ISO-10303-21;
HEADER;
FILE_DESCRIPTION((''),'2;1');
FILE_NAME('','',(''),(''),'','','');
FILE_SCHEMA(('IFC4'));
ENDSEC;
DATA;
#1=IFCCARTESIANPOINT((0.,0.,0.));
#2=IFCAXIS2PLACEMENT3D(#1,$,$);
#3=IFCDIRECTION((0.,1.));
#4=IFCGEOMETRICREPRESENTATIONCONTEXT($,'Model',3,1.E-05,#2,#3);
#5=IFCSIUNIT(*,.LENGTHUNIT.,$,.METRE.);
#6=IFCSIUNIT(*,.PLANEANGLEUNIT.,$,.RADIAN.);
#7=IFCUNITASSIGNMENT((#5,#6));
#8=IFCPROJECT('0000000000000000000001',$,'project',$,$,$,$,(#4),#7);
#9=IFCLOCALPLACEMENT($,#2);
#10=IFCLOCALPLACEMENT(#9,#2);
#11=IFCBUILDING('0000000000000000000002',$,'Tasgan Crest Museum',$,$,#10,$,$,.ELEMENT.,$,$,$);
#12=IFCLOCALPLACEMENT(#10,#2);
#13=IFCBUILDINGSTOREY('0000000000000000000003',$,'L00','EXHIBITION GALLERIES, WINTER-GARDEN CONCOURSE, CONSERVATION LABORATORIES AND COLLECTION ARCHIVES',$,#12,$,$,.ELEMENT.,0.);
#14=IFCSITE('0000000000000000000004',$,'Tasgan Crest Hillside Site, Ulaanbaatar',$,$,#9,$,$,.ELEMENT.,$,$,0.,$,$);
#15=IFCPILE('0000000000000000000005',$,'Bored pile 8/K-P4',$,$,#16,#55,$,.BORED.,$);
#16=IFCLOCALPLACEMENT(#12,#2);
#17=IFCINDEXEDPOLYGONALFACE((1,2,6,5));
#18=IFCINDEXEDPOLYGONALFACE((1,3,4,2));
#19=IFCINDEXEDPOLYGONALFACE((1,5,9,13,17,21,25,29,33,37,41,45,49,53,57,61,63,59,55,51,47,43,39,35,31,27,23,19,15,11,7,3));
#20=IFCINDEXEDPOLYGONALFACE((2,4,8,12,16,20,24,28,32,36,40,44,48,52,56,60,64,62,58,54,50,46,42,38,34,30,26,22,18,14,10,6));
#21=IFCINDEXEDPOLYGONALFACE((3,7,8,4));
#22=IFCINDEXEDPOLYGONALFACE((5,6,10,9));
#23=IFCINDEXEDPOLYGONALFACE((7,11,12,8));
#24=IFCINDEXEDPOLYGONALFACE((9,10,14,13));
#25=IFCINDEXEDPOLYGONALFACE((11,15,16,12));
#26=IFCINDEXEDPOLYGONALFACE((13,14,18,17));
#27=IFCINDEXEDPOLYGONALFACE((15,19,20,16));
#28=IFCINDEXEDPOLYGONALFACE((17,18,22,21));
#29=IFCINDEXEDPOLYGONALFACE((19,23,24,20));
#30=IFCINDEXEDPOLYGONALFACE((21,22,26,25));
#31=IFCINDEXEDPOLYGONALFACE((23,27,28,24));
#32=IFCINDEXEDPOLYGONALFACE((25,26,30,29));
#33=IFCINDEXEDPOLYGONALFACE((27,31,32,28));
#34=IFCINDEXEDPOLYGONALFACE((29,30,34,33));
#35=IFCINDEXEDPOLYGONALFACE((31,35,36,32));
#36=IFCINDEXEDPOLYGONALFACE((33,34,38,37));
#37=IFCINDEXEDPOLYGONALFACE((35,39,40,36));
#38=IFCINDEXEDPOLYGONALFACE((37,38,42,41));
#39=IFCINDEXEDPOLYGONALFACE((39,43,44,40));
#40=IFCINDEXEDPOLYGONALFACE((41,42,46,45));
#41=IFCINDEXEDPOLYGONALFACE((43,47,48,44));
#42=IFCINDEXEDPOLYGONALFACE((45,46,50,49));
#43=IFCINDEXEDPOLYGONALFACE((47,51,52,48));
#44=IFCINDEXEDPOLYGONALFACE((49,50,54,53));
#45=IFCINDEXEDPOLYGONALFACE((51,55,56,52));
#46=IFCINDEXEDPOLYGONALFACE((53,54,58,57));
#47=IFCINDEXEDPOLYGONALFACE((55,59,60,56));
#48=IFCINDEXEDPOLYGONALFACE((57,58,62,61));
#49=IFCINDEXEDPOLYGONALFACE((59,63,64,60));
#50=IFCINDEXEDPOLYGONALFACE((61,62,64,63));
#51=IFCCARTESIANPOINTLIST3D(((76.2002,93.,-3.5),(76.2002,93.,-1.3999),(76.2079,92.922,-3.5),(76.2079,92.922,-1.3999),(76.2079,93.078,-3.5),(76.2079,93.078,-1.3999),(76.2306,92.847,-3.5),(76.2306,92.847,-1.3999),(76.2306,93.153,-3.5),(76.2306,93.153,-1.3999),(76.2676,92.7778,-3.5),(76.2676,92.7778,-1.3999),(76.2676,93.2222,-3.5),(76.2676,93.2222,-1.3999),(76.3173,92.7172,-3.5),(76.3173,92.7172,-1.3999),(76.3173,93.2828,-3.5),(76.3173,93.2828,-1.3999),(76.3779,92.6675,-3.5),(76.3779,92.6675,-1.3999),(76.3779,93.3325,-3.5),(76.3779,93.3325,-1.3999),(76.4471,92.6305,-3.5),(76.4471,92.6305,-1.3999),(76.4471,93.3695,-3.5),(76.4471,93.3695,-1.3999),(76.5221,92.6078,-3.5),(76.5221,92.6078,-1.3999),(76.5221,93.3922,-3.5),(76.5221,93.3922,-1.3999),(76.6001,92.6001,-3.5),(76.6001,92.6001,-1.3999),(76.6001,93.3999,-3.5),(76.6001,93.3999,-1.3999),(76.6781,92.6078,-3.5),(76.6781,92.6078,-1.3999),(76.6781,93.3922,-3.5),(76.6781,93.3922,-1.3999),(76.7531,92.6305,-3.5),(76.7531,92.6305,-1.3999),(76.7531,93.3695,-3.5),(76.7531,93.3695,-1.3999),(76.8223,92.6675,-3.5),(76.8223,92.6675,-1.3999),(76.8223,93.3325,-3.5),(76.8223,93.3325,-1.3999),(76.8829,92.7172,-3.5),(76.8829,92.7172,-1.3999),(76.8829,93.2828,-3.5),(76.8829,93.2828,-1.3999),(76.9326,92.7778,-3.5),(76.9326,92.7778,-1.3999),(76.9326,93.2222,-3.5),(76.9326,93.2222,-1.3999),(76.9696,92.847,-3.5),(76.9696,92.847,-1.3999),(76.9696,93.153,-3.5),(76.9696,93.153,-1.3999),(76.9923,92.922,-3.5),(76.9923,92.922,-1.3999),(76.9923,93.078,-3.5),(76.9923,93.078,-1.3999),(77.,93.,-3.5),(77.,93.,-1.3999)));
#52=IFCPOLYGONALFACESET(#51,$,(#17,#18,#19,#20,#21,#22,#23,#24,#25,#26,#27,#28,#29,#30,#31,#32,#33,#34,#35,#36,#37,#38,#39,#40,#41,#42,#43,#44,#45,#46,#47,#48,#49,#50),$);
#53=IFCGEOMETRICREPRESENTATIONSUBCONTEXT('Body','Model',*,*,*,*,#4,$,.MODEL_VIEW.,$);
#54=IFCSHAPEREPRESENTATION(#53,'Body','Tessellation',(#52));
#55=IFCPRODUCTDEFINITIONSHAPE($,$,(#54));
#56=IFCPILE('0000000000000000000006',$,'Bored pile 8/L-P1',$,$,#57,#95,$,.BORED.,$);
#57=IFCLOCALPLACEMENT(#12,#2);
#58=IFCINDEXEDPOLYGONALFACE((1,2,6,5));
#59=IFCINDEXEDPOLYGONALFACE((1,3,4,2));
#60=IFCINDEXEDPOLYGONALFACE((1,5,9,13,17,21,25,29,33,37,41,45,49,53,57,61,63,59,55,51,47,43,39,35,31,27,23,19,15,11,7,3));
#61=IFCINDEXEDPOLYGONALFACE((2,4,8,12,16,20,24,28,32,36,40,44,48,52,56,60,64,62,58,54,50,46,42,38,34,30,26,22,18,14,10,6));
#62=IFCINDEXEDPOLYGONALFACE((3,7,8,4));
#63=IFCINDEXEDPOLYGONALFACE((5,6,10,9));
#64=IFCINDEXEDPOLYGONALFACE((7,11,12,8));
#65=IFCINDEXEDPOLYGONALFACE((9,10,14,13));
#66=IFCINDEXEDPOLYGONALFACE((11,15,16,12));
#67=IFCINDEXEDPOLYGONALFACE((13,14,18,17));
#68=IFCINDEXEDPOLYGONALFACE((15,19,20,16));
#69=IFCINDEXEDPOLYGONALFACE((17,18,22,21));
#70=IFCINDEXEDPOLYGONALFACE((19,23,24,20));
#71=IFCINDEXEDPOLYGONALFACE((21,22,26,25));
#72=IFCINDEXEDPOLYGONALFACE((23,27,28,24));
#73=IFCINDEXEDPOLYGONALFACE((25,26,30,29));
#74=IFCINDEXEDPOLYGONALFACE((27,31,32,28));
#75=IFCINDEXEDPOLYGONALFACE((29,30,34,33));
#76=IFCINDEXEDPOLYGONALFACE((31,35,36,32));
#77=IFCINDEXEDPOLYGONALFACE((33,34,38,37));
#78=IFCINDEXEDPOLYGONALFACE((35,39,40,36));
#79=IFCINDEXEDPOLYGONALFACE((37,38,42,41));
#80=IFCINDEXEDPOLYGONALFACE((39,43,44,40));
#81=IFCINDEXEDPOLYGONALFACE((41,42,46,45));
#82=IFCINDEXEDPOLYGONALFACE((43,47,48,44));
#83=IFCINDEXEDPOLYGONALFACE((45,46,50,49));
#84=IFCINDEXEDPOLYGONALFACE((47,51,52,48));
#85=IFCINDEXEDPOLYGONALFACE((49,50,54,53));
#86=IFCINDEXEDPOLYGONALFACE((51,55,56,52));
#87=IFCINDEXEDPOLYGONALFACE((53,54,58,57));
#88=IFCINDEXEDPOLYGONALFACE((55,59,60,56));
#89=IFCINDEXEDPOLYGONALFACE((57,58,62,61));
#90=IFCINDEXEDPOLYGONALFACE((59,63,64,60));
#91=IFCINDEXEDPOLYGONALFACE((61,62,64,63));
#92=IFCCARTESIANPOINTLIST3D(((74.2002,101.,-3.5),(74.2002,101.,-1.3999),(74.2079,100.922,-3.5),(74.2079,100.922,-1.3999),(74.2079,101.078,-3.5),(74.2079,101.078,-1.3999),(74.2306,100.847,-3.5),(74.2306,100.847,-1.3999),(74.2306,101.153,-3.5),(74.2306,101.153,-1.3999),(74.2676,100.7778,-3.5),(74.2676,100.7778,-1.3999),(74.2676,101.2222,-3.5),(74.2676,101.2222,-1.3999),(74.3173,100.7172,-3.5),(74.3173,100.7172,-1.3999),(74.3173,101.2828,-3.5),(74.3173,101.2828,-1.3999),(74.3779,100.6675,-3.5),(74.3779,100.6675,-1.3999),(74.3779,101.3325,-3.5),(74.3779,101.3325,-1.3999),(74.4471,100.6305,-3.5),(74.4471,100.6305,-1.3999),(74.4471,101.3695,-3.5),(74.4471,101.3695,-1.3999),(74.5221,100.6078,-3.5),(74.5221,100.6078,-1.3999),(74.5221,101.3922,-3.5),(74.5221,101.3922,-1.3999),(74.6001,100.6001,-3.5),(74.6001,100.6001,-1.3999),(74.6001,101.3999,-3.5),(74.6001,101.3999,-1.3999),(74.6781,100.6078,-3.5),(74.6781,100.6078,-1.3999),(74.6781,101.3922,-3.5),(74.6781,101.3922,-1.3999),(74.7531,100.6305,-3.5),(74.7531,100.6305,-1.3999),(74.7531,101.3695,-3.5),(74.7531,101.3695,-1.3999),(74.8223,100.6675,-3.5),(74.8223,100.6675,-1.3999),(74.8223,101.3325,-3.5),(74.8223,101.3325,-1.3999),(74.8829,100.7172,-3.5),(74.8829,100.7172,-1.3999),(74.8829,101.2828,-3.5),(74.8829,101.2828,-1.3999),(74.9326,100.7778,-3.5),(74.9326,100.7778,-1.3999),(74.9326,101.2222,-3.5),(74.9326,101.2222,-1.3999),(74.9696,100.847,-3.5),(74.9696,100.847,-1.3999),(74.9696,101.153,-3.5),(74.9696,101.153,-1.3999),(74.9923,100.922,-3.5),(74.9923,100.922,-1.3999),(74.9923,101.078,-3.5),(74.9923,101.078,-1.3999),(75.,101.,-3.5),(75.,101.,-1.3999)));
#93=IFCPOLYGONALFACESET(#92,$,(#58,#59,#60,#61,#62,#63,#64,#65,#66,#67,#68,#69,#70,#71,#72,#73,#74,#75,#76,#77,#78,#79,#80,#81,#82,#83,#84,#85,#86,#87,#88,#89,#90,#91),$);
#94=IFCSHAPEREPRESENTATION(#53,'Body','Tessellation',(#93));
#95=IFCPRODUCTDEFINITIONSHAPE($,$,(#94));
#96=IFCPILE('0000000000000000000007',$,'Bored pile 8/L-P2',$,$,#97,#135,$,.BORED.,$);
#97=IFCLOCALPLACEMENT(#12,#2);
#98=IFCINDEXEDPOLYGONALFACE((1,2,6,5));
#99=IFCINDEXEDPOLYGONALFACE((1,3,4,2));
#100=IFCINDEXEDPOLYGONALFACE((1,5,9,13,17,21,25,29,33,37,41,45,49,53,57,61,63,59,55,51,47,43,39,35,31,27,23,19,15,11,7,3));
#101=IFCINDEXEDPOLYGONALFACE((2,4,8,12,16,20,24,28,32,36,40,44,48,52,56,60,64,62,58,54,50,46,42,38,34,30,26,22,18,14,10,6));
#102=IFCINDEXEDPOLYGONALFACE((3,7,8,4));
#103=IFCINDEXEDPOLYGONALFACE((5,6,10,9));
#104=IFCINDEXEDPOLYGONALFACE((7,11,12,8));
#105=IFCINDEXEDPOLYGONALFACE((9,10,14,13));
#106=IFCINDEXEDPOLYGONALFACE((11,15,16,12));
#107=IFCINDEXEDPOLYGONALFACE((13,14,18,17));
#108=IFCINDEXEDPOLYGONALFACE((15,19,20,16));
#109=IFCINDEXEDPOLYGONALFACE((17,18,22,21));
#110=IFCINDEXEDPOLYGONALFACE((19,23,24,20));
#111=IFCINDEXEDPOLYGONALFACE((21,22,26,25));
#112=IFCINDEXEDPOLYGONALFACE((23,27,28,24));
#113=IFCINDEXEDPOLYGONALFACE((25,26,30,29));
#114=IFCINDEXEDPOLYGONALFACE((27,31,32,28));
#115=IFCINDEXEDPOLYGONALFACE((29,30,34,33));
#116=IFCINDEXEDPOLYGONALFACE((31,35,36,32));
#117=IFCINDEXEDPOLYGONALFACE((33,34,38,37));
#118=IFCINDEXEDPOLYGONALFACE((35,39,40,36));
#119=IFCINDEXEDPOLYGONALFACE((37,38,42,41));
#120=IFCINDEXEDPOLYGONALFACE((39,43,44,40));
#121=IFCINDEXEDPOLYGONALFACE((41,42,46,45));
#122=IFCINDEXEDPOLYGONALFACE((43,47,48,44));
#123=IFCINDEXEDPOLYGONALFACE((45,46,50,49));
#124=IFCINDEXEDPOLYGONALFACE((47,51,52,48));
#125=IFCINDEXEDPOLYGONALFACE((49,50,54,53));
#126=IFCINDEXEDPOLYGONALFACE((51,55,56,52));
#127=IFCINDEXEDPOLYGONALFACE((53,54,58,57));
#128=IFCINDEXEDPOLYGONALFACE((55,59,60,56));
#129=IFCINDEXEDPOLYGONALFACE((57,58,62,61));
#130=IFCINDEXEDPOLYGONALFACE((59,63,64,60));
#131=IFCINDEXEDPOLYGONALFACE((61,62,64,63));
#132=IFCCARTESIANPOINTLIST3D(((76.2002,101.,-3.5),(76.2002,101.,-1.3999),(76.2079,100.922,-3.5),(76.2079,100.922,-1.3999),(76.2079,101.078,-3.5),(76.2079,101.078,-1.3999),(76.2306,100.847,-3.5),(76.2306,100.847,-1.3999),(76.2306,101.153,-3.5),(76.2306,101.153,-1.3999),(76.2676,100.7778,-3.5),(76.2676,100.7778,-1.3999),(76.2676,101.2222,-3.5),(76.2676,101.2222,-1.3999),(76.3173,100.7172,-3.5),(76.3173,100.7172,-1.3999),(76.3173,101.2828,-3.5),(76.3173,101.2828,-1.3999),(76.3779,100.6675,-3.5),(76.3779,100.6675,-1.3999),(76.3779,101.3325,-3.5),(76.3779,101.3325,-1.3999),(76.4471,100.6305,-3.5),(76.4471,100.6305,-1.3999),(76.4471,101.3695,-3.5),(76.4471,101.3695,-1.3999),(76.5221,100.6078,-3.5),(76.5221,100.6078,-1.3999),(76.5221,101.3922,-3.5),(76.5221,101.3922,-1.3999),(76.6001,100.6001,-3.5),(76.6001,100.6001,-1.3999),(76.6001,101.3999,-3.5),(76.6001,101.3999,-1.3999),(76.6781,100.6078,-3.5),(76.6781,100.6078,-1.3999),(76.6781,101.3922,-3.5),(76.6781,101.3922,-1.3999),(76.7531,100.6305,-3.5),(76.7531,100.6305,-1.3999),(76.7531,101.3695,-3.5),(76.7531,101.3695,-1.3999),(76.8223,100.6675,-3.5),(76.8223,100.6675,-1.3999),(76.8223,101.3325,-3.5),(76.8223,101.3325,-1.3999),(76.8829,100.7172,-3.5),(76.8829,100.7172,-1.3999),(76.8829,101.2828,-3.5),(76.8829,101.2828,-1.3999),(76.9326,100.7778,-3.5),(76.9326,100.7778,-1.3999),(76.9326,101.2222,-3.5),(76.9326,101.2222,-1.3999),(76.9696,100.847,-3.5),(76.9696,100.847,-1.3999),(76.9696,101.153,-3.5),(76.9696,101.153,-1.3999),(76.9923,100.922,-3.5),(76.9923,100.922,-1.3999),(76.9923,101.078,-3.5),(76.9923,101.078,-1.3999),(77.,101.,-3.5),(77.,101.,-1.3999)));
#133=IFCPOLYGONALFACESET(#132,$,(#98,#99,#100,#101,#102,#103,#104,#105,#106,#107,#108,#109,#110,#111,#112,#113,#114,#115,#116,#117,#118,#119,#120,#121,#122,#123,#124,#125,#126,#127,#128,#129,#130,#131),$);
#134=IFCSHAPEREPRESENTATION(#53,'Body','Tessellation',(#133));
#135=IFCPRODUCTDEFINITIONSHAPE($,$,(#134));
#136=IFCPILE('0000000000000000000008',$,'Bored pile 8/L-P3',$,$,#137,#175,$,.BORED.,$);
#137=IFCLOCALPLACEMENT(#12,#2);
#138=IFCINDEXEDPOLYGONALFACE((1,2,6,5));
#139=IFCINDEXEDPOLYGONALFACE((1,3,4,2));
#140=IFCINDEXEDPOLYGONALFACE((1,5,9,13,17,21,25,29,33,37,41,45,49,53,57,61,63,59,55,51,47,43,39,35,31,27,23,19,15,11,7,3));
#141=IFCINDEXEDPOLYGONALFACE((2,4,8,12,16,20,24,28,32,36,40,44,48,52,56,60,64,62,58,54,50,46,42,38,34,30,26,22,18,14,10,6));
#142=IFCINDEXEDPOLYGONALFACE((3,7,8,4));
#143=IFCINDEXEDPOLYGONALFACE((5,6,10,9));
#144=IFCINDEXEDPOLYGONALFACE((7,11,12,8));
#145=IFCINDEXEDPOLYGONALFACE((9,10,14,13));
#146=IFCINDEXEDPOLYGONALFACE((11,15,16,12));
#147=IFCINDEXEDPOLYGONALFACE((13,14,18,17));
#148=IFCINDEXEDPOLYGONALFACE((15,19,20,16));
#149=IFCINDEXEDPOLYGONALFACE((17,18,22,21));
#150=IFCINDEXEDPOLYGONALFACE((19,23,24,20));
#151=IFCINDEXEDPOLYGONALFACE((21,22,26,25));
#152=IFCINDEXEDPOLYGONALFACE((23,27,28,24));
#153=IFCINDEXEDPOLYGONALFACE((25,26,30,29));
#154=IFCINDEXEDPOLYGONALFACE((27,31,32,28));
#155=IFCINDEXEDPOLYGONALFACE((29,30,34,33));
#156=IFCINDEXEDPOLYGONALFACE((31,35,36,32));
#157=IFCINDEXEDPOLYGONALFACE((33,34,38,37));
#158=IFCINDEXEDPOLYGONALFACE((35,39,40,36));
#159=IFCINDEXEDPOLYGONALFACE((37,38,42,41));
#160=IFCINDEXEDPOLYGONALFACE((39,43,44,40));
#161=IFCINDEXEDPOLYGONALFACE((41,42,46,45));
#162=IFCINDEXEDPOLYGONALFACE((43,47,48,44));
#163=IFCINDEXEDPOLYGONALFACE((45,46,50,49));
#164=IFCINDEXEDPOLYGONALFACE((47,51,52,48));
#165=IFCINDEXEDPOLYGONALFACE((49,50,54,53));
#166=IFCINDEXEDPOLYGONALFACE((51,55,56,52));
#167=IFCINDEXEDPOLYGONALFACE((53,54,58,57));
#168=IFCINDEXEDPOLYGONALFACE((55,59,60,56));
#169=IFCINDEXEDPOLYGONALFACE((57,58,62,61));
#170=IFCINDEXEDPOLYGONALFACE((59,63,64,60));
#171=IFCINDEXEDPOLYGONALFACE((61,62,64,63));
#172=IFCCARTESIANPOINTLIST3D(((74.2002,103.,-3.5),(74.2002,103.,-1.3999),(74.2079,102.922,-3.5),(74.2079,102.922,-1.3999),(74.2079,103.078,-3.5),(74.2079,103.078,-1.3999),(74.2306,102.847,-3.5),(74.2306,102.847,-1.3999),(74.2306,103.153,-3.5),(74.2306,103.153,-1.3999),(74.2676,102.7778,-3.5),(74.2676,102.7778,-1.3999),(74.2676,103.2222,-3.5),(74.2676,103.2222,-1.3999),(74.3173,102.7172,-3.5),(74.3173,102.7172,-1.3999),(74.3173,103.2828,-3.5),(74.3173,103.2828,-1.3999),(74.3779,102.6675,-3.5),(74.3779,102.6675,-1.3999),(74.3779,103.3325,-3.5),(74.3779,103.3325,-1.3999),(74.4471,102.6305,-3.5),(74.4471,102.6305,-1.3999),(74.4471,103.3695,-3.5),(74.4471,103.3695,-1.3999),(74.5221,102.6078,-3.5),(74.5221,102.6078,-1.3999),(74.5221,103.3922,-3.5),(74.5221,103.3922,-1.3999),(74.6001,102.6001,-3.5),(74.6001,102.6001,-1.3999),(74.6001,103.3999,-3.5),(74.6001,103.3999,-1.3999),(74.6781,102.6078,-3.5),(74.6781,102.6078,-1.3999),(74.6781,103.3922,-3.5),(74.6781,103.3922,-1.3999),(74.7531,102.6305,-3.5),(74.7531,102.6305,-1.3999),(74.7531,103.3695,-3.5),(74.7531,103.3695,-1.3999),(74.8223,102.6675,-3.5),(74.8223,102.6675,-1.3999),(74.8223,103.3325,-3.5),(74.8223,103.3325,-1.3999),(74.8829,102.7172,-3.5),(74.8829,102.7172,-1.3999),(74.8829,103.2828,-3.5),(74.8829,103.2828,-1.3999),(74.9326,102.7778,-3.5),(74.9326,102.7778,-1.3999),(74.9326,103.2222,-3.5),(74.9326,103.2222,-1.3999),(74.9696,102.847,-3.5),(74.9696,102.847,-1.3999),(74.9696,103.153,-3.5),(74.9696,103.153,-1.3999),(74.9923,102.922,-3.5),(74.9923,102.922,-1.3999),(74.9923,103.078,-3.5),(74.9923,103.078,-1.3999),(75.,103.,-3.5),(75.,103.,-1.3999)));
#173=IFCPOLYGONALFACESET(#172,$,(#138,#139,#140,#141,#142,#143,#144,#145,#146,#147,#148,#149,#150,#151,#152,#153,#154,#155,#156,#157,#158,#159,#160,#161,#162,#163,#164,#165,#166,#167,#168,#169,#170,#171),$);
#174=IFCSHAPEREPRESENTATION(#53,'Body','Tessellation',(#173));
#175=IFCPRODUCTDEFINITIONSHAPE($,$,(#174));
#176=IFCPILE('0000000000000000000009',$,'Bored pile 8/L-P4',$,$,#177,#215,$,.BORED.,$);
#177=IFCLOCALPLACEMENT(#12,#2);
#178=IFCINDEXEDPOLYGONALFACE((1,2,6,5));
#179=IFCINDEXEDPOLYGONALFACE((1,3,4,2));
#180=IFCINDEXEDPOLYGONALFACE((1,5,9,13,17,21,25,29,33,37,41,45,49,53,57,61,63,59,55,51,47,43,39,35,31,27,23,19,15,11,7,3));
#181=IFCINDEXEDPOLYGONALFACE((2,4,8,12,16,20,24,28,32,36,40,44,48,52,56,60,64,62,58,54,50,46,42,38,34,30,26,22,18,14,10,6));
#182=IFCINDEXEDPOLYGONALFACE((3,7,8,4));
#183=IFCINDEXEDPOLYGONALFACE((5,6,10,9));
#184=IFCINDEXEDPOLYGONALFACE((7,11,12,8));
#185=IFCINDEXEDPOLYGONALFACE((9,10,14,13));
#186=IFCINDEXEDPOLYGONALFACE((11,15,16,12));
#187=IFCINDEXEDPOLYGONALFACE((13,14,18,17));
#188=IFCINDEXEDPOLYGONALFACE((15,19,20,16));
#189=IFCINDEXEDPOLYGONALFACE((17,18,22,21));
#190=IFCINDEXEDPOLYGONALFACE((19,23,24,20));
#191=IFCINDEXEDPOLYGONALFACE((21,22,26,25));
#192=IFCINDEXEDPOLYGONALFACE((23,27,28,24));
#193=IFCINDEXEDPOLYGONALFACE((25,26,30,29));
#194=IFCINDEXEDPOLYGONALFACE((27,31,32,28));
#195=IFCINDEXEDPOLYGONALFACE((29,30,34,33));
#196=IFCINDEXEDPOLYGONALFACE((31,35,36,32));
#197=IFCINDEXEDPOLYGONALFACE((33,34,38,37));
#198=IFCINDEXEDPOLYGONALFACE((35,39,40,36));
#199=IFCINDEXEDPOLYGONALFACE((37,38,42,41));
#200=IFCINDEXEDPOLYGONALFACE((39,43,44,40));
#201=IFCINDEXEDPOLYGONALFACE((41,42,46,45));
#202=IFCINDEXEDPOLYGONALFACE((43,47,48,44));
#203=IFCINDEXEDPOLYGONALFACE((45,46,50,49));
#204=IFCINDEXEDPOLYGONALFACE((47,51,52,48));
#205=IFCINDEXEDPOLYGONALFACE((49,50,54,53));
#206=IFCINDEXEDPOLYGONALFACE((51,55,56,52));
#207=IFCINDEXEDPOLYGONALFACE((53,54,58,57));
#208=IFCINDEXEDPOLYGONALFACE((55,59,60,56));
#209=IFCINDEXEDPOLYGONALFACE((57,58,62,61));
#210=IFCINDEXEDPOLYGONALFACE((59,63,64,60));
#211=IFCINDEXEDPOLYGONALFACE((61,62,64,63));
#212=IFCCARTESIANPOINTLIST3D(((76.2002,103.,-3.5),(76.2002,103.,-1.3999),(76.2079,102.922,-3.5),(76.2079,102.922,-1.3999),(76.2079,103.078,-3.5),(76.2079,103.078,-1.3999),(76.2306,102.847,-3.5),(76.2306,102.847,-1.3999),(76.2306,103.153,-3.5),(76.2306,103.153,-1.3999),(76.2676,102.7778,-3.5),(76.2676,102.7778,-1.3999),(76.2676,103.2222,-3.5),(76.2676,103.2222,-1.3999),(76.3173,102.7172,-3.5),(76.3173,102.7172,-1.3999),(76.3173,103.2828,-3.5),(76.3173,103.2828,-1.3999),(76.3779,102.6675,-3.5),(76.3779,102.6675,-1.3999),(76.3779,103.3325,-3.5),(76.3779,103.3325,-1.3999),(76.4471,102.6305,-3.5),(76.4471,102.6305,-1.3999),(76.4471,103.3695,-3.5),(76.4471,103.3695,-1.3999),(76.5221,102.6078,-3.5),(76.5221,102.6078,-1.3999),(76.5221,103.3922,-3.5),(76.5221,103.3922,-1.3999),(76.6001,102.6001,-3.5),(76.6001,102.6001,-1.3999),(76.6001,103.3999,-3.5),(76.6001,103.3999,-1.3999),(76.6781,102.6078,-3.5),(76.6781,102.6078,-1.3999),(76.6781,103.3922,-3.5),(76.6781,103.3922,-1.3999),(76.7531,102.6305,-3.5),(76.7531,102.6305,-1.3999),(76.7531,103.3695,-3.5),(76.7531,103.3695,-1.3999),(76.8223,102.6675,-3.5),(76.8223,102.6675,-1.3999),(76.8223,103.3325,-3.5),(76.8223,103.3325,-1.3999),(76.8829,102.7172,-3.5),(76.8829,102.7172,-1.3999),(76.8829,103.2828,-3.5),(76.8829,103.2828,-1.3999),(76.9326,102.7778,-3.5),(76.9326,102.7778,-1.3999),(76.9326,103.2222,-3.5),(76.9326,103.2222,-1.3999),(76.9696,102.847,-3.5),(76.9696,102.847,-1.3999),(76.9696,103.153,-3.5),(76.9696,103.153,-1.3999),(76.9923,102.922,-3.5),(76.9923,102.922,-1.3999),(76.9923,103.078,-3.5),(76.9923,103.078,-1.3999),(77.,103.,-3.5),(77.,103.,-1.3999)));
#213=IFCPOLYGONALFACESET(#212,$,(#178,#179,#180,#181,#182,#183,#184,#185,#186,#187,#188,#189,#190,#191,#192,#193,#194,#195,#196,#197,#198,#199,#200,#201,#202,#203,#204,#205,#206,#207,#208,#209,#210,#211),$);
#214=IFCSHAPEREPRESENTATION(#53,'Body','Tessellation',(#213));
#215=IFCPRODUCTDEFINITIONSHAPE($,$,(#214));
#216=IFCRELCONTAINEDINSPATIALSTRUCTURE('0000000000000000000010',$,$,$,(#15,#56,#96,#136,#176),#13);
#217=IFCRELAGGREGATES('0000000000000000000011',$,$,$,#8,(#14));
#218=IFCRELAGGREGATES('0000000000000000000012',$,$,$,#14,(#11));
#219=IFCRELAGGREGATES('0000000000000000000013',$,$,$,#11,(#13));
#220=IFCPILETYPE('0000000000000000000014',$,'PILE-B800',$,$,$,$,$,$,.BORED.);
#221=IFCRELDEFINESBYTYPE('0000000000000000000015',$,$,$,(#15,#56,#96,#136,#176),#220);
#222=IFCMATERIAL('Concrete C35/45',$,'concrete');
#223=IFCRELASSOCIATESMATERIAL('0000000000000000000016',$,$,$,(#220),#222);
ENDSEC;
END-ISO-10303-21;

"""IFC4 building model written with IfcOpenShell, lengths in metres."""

from ifc_helpers import new_model, si_unit, direction, frame, origin, origin_2d, place, context, subcontext, project, spatial, circle, extrude, material, material_profile, profile_set, type_object, element, save


model = new_model("IFC4")

# Units and contexts
model_context = context("Model", 3, precision=1e-05, world=origin(), true_north=direction((0.0, 1.0)))
body_context = subcontext(model_context, "Body", "Model", "MODEL_VIEW")
ifc_project = project(units=[si_unit("LENGTHUNIT", "METRE"), si_unit("PLANEANGLEUNIT", "RADIAN")], contexts=[model_context])

# Site, building, storey
site_placement = place(None, origin())
site = spatial("IfcSite", under=ifc_project, at=site_placement, Name="Tasgan Crest Hillside Site, Ulaanbaatar", CompositionType="ELEMENT", RefElevation=0.0)
building_placement = place(site_placement, origin())
building = spatial("IfcBuilding", under=site, at=building_placement, Name="Tasgan Crest Museum", CompositionType="ELEMENT")
storey_placement = place(building_placement, origin())
storey = spatial("IfcBuildingStorey", under=building, at=storey_placement, Name="L00", Description="EXHIBITION GALLERIES, WINTER-GARDEN CONCOURSE, CONSERVATION LABORATORIES AND COLLECTION ARCHIVES", CompositionType="ELEMENT", Elevation=0.0)

# Piles
ifc_material_1 = material(Name="Concrete C35/45", Category="concrete")
ifc_material_profile_1 = material_profile(ifc_material_1, circle(Radius=0.3999, at=origin_2d()), Name="PILE D800")
ifc_profile_set_1 = profile_set([ifc_material_profile_1], Name="Concrete C35/45")
pile_type_1 = type_object("IfcPileType", Name="PILE-B800", PredefinedType="BORED", material=ifc_profile_set_1)
for number, where, z_axis, x_axis, name in (
    (1, (76.6001, 93.0, -1.3999), (0.0, 0.0, -1.0), (1.0, 0.0, 0.0), "Bored pile 8/K-P4"),
    (2, (74.6001, 101.0, -1.3999), (0.0, 0.0, -1.0), (1.0, 0.0, 0.0), "Bored pile 8/L-P1"),
    (3, (76.6001, 101.0, -1.3999), (0.0, 0.0, -1.0), (1.0, 0.0, 0.0), "Bored pile 8/L-P2"),
    (4, (74.6001, 103.0, -1.3999), (0.0, 0.0, -1.0), (1.0, 0.0, 0.0), "Bored pile 8/L-P3"),
    (5, (76.6001, 103.0, -1.3999), (0.0, 0.0, -1.0), (1.0, 0.0, 0.0), "Bored pile 8/L-P4"),
):
    element("IfcPile", number, at=place(storey_placement, frame(where, z_axis=z_axis, x_axis=x_axis)), inside=storey, type_object=pile_type_1, Name=name, PredefinedType="BORED", context=body_context, shape_type="SweptSolid", body=[
        extrude(circle(Radius=0.3999, at=origin_2d()), origin(), (0.0, 0.0, 1.0), 2.1001),
    ])

save(model, "model.ifc")
